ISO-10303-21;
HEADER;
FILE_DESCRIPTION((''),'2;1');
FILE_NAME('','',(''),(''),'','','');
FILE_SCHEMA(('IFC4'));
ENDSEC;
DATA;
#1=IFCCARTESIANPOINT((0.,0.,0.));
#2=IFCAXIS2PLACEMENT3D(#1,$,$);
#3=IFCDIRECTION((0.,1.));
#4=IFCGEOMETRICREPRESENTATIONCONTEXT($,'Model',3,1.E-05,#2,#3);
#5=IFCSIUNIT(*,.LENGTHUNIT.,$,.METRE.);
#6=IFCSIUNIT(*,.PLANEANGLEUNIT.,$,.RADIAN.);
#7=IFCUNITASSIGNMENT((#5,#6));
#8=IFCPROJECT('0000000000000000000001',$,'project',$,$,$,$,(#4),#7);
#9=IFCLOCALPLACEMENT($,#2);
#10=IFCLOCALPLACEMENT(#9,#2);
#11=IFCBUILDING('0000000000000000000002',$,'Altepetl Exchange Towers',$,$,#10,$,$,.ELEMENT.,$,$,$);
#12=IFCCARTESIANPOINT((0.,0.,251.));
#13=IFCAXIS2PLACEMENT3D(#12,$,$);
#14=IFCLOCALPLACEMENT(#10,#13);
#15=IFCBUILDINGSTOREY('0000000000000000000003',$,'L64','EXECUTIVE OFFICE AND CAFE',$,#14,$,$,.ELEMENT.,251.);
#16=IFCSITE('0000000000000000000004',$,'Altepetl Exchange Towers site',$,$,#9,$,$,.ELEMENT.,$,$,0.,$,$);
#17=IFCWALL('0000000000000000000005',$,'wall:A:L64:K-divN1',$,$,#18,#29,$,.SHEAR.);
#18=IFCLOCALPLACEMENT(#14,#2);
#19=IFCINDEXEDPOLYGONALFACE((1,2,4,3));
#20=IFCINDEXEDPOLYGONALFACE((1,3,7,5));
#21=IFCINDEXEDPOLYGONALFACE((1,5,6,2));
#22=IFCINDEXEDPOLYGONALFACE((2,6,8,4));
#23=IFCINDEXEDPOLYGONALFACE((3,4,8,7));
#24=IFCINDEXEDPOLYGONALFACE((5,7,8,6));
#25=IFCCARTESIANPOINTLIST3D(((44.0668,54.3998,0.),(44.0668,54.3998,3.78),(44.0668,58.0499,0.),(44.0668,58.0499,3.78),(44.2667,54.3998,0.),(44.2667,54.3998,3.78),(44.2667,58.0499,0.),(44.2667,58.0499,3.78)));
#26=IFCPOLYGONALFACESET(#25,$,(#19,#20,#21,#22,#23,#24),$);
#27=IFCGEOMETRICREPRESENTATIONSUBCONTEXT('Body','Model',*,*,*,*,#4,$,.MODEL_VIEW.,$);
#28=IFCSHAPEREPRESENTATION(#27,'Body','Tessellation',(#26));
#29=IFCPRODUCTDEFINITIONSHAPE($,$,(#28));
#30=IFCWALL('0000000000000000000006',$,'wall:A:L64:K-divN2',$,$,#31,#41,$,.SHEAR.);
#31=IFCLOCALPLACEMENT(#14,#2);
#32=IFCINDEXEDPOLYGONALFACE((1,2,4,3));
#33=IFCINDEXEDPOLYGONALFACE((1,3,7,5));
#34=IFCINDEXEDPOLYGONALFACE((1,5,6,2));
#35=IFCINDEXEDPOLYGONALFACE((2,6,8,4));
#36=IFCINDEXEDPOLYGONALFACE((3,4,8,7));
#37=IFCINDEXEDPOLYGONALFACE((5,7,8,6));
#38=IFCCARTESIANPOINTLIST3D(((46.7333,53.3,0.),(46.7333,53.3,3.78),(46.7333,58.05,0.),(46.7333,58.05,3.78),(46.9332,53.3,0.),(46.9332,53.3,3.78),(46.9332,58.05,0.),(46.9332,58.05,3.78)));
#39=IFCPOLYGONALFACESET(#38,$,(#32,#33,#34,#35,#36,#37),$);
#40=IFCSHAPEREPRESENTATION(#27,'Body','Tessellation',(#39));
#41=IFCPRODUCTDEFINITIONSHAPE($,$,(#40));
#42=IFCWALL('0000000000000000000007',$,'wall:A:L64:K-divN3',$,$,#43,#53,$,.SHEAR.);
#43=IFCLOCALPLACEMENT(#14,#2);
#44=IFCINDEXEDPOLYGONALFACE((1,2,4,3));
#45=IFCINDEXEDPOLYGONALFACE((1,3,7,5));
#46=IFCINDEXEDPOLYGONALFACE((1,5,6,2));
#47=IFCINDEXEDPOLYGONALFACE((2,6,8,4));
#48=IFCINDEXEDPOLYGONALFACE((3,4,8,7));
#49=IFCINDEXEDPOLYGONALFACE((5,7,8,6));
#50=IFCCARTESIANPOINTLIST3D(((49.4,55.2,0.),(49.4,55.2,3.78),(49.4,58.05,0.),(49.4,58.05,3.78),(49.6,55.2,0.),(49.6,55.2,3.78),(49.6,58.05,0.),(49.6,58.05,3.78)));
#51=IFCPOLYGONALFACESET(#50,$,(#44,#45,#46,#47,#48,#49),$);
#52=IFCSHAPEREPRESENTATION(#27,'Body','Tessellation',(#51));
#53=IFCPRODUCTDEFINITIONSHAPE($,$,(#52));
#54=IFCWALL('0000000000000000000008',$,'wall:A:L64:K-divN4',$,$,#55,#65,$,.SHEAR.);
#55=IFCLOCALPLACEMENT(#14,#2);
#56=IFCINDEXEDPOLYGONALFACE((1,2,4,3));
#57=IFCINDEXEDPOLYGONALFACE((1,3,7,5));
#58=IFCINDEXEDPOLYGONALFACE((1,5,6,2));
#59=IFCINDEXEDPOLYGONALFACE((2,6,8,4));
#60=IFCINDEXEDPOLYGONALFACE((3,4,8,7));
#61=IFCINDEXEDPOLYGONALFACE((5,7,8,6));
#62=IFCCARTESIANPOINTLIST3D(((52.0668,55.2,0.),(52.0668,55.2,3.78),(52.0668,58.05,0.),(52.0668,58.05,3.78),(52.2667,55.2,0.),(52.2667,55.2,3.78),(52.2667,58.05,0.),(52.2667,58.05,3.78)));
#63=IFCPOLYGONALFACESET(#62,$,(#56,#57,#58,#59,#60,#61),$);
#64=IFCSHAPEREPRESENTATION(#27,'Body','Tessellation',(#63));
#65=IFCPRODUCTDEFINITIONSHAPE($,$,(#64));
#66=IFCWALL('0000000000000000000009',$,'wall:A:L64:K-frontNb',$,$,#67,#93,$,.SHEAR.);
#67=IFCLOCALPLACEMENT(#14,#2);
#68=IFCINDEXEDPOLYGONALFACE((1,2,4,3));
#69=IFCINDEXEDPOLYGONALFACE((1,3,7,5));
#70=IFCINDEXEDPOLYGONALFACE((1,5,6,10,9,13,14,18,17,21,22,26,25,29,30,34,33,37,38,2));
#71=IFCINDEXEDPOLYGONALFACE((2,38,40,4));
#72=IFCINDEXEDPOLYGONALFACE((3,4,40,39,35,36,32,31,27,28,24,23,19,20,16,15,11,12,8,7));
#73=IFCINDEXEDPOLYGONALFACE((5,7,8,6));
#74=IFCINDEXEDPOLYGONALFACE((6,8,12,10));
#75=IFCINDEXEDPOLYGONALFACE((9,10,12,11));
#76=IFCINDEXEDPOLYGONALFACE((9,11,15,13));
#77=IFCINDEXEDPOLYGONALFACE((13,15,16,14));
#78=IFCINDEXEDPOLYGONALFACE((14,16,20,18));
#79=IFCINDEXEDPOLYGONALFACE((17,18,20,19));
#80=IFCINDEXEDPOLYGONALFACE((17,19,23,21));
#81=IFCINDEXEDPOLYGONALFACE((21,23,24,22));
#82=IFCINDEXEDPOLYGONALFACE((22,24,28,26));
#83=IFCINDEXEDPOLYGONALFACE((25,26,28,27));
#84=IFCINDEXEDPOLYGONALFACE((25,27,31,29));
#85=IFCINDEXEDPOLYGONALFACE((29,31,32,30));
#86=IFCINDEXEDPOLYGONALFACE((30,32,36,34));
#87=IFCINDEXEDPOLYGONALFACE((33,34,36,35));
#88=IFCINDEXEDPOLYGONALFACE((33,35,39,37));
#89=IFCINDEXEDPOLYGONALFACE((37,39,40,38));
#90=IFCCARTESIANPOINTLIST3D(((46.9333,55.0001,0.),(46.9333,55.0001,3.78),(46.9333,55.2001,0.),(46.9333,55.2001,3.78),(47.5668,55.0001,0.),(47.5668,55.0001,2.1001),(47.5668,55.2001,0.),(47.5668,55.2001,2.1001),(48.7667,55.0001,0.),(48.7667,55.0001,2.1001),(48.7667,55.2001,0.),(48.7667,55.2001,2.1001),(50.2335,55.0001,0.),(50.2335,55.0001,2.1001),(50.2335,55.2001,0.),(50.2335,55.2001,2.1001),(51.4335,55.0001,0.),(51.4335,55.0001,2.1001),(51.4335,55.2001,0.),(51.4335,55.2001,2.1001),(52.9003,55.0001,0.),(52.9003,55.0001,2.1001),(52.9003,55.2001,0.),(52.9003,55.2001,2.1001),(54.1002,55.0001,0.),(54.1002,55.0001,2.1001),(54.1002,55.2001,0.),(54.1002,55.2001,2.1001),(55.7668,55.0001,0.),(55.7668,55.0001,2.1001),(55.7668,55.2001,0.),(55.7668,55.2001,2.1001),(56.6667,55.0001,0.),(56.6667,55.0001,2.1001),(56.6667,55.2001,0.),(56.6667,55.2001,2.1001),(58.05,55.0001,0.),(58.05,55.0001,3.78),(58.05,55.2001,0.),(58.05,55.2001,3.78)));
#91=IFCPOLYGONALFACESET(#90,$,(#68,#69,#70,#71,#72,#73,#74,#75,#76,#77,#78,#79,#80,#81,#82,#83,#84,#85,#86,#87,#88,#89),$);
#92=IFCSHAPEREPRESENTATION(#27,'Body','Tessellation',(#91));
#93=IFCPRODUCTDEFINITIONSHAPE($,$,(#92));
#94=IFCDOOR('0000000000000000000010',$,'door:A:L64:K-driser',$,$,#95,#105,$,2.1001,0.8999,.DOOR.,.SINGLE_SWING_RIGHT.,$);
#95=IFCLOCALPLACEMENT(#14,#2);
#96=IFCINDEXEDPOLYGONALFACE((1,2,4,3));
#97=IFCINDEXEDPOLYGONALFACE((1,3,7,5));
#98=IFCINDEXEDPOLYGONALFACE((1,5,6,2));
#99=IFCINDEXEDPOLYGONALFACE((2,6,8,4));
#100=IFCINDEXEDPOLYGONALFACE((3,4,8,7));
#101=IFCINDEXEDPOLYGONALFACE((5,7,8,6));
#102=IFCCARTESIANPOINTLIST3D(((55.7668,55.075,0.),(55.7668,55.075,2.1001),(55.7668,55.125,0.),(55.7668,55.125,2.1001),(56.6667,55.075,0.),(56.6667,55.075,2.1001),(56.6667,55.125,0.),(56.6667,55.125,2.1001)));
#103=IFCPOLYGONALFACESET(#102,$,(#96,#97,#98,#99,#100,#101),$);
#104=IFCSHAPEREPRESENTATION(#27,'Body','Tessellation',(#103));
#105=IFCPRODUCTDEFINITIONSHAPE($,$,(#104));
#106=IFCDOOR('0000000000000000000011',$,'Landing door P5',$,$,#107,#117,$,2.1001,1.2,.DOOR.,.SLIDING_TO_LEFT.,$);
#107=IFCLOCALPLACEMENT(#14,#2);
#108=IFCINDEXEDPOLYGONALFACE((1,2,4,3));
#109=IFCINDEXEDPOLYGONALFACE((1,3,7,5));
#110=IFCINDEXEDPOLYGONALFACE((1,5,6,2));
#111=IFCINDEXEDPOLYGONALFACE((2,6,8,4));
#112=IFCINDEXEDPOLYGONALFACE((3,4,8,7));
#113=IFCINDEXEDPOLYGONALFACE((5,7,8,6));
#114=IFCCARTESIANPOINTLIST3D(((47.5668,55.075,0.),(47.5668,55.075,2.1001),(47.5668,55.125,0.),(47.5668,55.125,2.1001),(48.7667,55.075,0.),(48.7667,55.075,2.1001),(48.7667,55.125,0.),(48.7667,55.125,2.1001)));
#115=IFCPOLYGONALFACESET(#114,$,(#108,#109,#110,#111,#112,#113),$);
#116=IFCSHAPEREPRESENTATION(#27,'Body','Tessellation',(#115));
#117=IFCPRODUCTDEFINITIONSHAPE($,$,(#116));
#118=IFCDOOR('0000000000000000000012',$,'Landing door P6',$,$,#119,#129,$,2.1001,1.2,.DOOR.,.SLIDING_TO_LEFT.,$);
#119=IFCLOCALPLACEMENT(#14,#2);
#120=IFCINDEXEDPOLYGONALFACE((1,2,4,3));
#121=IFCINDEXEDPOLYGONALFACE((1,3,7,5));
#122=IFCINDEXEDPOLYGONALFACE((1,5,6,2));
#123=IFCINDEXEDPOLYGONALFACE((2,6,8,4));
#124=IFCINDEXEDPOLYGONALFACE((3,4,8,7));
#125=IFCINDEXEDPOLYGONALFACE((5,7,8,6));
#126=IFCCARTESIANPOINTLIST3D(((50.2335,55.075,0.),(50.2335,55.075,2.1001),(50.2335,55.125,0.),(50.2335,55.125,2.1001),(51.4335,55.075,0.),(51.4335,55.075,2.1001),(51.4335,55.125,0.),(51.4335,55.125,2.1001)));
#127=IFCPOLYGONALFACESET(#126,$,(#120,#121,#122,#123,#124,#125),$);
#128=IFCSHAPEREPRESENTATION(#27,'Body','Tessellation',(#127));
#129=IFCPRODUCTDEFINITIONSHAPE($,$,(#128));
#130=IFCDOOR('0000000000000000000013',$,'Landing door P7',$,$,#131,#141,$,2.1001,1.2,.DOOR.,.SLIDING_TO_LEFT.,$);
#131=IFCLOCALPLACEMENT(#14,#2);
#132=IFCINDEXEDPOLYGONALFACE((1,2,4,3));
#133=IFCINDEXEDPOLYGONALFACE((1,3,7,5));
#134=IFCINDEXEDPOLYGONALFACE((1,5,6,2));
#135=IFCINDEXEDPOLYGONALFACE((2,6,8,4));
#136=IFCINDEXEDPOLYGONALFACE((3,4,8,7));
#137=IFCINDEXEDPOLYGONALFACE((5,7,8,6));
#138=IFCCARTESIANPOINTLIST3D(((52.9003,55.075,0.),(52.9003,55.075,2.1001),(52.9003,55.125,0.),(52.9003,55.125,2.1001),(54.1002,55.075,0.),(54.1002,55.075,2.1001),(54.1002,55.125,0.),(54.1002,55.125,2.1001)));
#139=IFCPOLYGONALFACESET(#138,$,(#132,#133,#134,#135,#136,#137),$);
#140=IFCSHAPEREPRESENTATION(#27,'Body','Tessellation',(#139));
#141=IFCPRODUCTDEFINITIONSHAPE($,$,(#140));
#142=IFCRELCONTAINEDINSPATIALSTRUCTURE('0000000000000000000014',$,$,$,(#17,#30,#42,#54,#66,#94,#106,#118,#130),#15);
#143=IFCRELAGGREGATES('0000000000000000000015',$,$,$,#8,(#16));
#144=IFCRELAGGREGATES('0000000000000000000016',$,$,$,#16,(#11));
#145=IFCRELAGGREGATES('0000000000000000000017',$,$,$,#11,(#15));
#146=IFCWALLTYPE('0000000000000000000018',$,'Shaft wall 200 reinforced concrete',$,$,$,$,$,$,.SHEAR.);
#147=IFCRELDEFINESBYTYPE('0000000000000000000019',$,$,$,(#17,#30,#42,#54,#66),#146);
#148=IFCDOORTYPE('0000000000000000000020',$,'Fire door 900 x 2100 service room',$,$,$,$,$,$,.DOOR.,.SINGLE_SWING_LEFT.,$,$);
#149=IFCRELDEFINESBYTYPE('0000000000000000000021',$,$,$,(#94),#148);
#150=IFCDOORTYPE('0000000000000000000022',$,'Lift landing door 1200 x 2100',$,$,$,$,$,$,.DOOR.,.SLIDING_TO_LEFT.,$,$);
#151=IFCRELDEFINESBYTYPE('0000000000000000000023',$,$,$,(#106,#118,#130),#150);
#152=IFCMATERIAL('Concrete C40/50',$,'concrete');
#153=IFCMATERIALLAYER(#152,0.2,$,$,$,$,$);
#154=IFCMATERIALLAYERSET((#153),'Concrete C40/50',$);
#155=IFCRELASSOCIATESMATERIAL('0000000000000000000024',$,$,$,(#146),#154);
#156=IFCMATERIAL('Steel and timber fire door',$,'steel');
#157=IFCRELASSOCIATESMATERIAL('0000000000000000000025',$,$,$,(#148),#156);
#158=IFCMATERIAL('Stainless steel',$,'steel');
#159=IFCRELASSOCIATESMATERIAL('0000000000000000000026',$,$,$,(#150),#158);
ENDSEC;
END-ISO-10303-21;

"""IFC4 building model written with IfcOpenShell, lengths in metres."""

from ifc_helpers import new_model, si_unit, direction, frame, frame_2d, origin, place, context, subcontext, project, spatial, rectangle, extrude, material, layer, layer_set, type_object, element, fill, save


model = new_model("IFC4")

# Units and contexts
model_context = context("Model", 3, precision=1e-05, world=origin(), true_north=direction((0.0, 1.0)))
body_context = subcontext(model_context, "Body", "Model", "MODEL_VIEW")
ifc_project = project(units=[si_unit("LENGTHUNIT", "METRE"), si_unit("PLANEANGLEUNIT", "RADIAN")], contexts=[model_context])

# Site, building, storey
site_placement = place(None, origin())
site = spatial("IfcSite", under=ifc_project, at=site_placement, Name="Altepetl Exchange Towers site", CompositionType="ELEMENT", RefElevation=0.0)
building_placement = place(site_placement, origin())
building = spatial("IfcBuilding", under=site, at=building_placement, Name="Altepetl Exchange Towers", CompositionType="ELEMENT")
storey_placement = place(building_placement, frame((0.0, 0.0, 251.0)))
storey = spatial("IfcBuildingStorey", under=building, at=storey_placement, Name="L64", Description="EXECUTIVE OFFICE AND CAFE", CompositionType="ELEMENT", Elevation=251.0)

# Shared definitions
ifc_material_1 = material(Name="Steel and timber fire door", Category="steel")

# Walls
ifc_material_2 = material(Name="Concrete C40/50", Category="concrete")
ifc_layer_1 = layer(ifc_material_2, 0.2)
ifc_layer_set_1 = layer_set([ifc_layer_1], Name="Concrete C40/50")
wall_type_1 = type_object("IfcWallType", Name="Shaft wall 200 reinforced concrete", PredefinedType="SHEAR", material=ifc_layer_set_1)
wall_1_placement = place(storey_placement, frame((44.1667, 58.05, 0.0), z_axis=(0.0, 0.0, 1.0), x_axis=(0.0, -1.0, 0.0)))
element("IfcWall", 1, at=wall_1_placement, inside=storey, type_object=wall_type_1, Name="wall:A:L64:K-divN1", PredefinedType="SHEAR", context=body_context, shape_type="SweptSolid", body=[
    extrude(rectangle(XDim=3.6501, YDim=0.2, at=frame_2d((1.8252, 0.0))), origin(), (0.0, 0.0, 1.0), 3.78),
])
wall_2_placement = place(storey_placement, frame((46.8333, 58.05, 0.0), z_axis=(0.0, 0.0, 1.0), x_axis=(0.0, -1.0, 0.0)))
element("IfcWall", 2, at=wall_2_placement, inside=storey, type_object=wall_type_1, Name="wall:A:L64:K-divN2", PredefinedType="SHEAR", context=body_context, shape_type="SweptSolid", body=[
    extrude(rectangle(XDim=4.75, YDim=0.2, at=frame_2d((2.375, 0.0))), origin(), (0.0, 0.0, 1.0), 3.78),
])
for number, where, z_axis, x_axis, name in (
    (3, (49.5, 58.05, 0.0), (0.0, 0.0, 1.0), (0.0, -1.0, 0.0), "wall:A:L64:K-divN3"),
    (4, (52.1667, 58.05, 0.0), (0.0, 0.0, 1.0), (0.0, -1.0, 0.0), "wall:A:L64:K-divN4"),
):
    element("IfcWall", number, at=place(storey_placement, frame(where, z_axis=z_axis, x_axis=x_axis)), inside=storey, type_object=wall_type_1, Name=name, PredefinedType="SHEAR", context=body_context, shape_type="SweptSolid", body=[
        extrude(rectangle(XDim=2.8501, YDim=0.2, at=frame_2d((1.425, 0.0))), origin(), (0.0, 0.0, 1.0), 3.78),
    ])

# Wall, openings, doors
wall_3_placement = place(storey_placement, frame((46.9333, 55.1001, 0.0)))
wall_3 = element("IfcWall", 5, at=wall_3_placement, inside=storey, type_object=wall_type_1, Name="wall:A:L64:K-frontNb", PredefinedType="SHEAR", context=body_context, shape_type="SweptSolid", body=[
    extrude(rectangle(XDim=11.1167, YDim=0.2, at=frame_2d((5.5583, 0.0))), origin(), (0.0, 0.0, 1.0), 3.78),
])
opening_1_placement = place(wall_3_placement, frame((8.8335, 0.0, 0.0)))
opening_1 = element("IfcOpeningElement", 6, at=opening_1_placement, cuts=wall_3, PredefinedType="OPENING", context=body_context, shape_type="SweptSolid", body=[
    extrude(rectangle(XDim=0.8999, YDim=2.1001, at=frame_2d((0.45, 1.05))), frame((0.0, 0.1099, 0.0), z_axis=(0.0, -1.0, 0.0), x_axis=(1.0, 0.0, 0.0)), (0.0, 0.0, 1.0), 0.22),
])
opening_2_placement = place(wall_3_placement, frame((0.6333, 0.0, 0.0)))
opening_2 = element("IfcOpeningElement", 7, at=opening_2_placement, cuts=wall_3, PredefinedType="OPENING", context=body_context, shape_type="SweptSolid", body=[
    extrude(rectangle(XDim=1.2, YDim=2.1001, at=frame_2d((0.6001, 1.05))), frame((0.0, 0.1099, 0.0), z_axis=(0.0, -1.0, 0.0), x_axis=(1.0, 0.0, 0.0)), (0.0, 0.0, 1.0), 0.22),
])
opening_3_placement = place(wall_3_placement, frame((3.3, 0.0, 0.0)))
opening_3 = element("IfcOpeningElement", 8, at=opening_3_placement, cuts=wall_3, PredefinedType="OPENING", context=body_context, shape_type="SweptSolid", body=[
    extrude(rectangle(XDim=1.2, YDim=2.1001, at=frame_2d((0.6001, 1.05))), frame((0.0, 0.1099, 0.0), z_axis=(0.0, -1.0, 0.0), x_axis=(1.0, 0.0, 0.0)), (0.0, 0.0, 1.0), 0.22),
])
opening_4_placement = place(wall_3_placement, frame((5.9668, 0.0, 0.0)))
opening_4 = element("IfcOpeningElement", 9, at=opening_4_placement, cuts=wall_3, PredefinedType="OPENING", context=body_context, shape_type="SweptSolid", body=[
    extrude(rectangle(XDim=1.2, YDim=2.1001, at=frame_2d((0.6001, 1.05))), frame((0.0, 0.1099, 0.0), z_axis=(0.0, -1.0, 0.0), x_axis=(1.0, 0.0, 0.0)), (0.0, 0.0, 1.0), 0.22),
])
door_type_1 = type_object("IfcDoorType", Name="Fire door 900 x 2100 service room", OperationType="SINGLE_SWING_LEFT", PredefinedType="DOOR", material=ifc_material_1)
door_1_placement = place(opening_1_placement, origin())
door_1 = element("IfcDoor", 10, at=door_1_placement, inside=storey, type_object=door_type_1, Name="door:A:L64:K-driser", OperationType="SINGLE_SWING_RIGHT", OverallHeight=2.1001, OverallWidth=0.8999, PredefinedType="DOOR", context=body_context, shape_type="SweptSolid", body=[
    extrude(rectangle(XDim=0.8999, YDim=2.1001, at=frame_2d((0.45, 1.05))), frame((0.0, 0.0249, 0.0), z_axis=(0.0, -1.0, 0.0), x_axis=(1.0, 0.0, 0.0)), (0.0, 0.0, 1.0), 0.05),
])
fill(opening_1, door_1)
ifc_material_3 = material(Name="Stainless steel", Category="steel")
door_type_2 = type_object("IfcDoorType", Name="Lift landing door 1200 x 2100", OperationType="SLIDING_TO_LEFT", PredefinedType="DOOR", material=ifc_material_3)
door_2_placement = place(opening_2_placement, origin())
door_2 = element("IfcDoor", 11, at=door_2_placement, inside=storey, type_object=door_type_2, Name="Landing door P5", OperationType="SLIDING_TO_LEFT", OverallHeight=2.1001, OverallWidth=1.2, PredefinedType="DOOR", context=body_context, shape_type="SweptSolid", body=[
    extrude(rectangle(XDim=1.2, YDim=2.1001, at=frame_2d((0.6001, 1.05))), frame((0.0, 0.0249, 0.0), z_axis=(0.0, -1.0, 0.0), x_axis=(1.0, 0.0, 0.0)), (0.0, 0.0, 1.0), 0.05),
])
fill(opening_2, door_2)
door_3_placement = place(opening_3_placement, origin())
door_3 = element("IfcDoor", 12, at=door_3_placement, inside=storey, type_object=door_type_2, Name="Landing door P6", OperationType="SLIDING_TO_LEFT", OverallHeight=2.1001, OverallWidth=1.2, PredefinedType="DOOR", context=body_context, shape_type="SweptSolid", body=[
    extrude(rectangle(XDim=1.2, YDim=2.1001, at=frame_2d((0.6001, 1.05))), frame((0.0, 0.0249, 0.0), z_axis=(0.0, -1.0, 0.0), x_axis=(1.0, 0.0, 0.0)), (0.0, 0.0, 1.0), 0.05),
])
fill(opening_3, door_3)
door_4_placement = place(opening_4_placement, origin())
door_4 = element("IfcDoor", 13, at=door_4_placement, inside=storey, type_object=door_type_2, Name="Landing door P7", OperationType="SLIDING_TO_LEFT", OverallHeight=2.1001, OverallWidth=1.2, PredefinedType="DOOR", context=body_context, shape_type="SweptSolid", body=[
    extrude(rectangle(XDim=1.2, YDim=2.1001, at=frame_2d((0.6001, 1.05))), frame((0.0, 0.0249, 0.0), z_axis=(0.0, -1.0, 0.0), x_axis=(1.0, 0.0, 0.0)), (0.0, 0.0, 1.0), 0.05),
])
fill(opening_4, door_4)

save(model, "model.ifc")
